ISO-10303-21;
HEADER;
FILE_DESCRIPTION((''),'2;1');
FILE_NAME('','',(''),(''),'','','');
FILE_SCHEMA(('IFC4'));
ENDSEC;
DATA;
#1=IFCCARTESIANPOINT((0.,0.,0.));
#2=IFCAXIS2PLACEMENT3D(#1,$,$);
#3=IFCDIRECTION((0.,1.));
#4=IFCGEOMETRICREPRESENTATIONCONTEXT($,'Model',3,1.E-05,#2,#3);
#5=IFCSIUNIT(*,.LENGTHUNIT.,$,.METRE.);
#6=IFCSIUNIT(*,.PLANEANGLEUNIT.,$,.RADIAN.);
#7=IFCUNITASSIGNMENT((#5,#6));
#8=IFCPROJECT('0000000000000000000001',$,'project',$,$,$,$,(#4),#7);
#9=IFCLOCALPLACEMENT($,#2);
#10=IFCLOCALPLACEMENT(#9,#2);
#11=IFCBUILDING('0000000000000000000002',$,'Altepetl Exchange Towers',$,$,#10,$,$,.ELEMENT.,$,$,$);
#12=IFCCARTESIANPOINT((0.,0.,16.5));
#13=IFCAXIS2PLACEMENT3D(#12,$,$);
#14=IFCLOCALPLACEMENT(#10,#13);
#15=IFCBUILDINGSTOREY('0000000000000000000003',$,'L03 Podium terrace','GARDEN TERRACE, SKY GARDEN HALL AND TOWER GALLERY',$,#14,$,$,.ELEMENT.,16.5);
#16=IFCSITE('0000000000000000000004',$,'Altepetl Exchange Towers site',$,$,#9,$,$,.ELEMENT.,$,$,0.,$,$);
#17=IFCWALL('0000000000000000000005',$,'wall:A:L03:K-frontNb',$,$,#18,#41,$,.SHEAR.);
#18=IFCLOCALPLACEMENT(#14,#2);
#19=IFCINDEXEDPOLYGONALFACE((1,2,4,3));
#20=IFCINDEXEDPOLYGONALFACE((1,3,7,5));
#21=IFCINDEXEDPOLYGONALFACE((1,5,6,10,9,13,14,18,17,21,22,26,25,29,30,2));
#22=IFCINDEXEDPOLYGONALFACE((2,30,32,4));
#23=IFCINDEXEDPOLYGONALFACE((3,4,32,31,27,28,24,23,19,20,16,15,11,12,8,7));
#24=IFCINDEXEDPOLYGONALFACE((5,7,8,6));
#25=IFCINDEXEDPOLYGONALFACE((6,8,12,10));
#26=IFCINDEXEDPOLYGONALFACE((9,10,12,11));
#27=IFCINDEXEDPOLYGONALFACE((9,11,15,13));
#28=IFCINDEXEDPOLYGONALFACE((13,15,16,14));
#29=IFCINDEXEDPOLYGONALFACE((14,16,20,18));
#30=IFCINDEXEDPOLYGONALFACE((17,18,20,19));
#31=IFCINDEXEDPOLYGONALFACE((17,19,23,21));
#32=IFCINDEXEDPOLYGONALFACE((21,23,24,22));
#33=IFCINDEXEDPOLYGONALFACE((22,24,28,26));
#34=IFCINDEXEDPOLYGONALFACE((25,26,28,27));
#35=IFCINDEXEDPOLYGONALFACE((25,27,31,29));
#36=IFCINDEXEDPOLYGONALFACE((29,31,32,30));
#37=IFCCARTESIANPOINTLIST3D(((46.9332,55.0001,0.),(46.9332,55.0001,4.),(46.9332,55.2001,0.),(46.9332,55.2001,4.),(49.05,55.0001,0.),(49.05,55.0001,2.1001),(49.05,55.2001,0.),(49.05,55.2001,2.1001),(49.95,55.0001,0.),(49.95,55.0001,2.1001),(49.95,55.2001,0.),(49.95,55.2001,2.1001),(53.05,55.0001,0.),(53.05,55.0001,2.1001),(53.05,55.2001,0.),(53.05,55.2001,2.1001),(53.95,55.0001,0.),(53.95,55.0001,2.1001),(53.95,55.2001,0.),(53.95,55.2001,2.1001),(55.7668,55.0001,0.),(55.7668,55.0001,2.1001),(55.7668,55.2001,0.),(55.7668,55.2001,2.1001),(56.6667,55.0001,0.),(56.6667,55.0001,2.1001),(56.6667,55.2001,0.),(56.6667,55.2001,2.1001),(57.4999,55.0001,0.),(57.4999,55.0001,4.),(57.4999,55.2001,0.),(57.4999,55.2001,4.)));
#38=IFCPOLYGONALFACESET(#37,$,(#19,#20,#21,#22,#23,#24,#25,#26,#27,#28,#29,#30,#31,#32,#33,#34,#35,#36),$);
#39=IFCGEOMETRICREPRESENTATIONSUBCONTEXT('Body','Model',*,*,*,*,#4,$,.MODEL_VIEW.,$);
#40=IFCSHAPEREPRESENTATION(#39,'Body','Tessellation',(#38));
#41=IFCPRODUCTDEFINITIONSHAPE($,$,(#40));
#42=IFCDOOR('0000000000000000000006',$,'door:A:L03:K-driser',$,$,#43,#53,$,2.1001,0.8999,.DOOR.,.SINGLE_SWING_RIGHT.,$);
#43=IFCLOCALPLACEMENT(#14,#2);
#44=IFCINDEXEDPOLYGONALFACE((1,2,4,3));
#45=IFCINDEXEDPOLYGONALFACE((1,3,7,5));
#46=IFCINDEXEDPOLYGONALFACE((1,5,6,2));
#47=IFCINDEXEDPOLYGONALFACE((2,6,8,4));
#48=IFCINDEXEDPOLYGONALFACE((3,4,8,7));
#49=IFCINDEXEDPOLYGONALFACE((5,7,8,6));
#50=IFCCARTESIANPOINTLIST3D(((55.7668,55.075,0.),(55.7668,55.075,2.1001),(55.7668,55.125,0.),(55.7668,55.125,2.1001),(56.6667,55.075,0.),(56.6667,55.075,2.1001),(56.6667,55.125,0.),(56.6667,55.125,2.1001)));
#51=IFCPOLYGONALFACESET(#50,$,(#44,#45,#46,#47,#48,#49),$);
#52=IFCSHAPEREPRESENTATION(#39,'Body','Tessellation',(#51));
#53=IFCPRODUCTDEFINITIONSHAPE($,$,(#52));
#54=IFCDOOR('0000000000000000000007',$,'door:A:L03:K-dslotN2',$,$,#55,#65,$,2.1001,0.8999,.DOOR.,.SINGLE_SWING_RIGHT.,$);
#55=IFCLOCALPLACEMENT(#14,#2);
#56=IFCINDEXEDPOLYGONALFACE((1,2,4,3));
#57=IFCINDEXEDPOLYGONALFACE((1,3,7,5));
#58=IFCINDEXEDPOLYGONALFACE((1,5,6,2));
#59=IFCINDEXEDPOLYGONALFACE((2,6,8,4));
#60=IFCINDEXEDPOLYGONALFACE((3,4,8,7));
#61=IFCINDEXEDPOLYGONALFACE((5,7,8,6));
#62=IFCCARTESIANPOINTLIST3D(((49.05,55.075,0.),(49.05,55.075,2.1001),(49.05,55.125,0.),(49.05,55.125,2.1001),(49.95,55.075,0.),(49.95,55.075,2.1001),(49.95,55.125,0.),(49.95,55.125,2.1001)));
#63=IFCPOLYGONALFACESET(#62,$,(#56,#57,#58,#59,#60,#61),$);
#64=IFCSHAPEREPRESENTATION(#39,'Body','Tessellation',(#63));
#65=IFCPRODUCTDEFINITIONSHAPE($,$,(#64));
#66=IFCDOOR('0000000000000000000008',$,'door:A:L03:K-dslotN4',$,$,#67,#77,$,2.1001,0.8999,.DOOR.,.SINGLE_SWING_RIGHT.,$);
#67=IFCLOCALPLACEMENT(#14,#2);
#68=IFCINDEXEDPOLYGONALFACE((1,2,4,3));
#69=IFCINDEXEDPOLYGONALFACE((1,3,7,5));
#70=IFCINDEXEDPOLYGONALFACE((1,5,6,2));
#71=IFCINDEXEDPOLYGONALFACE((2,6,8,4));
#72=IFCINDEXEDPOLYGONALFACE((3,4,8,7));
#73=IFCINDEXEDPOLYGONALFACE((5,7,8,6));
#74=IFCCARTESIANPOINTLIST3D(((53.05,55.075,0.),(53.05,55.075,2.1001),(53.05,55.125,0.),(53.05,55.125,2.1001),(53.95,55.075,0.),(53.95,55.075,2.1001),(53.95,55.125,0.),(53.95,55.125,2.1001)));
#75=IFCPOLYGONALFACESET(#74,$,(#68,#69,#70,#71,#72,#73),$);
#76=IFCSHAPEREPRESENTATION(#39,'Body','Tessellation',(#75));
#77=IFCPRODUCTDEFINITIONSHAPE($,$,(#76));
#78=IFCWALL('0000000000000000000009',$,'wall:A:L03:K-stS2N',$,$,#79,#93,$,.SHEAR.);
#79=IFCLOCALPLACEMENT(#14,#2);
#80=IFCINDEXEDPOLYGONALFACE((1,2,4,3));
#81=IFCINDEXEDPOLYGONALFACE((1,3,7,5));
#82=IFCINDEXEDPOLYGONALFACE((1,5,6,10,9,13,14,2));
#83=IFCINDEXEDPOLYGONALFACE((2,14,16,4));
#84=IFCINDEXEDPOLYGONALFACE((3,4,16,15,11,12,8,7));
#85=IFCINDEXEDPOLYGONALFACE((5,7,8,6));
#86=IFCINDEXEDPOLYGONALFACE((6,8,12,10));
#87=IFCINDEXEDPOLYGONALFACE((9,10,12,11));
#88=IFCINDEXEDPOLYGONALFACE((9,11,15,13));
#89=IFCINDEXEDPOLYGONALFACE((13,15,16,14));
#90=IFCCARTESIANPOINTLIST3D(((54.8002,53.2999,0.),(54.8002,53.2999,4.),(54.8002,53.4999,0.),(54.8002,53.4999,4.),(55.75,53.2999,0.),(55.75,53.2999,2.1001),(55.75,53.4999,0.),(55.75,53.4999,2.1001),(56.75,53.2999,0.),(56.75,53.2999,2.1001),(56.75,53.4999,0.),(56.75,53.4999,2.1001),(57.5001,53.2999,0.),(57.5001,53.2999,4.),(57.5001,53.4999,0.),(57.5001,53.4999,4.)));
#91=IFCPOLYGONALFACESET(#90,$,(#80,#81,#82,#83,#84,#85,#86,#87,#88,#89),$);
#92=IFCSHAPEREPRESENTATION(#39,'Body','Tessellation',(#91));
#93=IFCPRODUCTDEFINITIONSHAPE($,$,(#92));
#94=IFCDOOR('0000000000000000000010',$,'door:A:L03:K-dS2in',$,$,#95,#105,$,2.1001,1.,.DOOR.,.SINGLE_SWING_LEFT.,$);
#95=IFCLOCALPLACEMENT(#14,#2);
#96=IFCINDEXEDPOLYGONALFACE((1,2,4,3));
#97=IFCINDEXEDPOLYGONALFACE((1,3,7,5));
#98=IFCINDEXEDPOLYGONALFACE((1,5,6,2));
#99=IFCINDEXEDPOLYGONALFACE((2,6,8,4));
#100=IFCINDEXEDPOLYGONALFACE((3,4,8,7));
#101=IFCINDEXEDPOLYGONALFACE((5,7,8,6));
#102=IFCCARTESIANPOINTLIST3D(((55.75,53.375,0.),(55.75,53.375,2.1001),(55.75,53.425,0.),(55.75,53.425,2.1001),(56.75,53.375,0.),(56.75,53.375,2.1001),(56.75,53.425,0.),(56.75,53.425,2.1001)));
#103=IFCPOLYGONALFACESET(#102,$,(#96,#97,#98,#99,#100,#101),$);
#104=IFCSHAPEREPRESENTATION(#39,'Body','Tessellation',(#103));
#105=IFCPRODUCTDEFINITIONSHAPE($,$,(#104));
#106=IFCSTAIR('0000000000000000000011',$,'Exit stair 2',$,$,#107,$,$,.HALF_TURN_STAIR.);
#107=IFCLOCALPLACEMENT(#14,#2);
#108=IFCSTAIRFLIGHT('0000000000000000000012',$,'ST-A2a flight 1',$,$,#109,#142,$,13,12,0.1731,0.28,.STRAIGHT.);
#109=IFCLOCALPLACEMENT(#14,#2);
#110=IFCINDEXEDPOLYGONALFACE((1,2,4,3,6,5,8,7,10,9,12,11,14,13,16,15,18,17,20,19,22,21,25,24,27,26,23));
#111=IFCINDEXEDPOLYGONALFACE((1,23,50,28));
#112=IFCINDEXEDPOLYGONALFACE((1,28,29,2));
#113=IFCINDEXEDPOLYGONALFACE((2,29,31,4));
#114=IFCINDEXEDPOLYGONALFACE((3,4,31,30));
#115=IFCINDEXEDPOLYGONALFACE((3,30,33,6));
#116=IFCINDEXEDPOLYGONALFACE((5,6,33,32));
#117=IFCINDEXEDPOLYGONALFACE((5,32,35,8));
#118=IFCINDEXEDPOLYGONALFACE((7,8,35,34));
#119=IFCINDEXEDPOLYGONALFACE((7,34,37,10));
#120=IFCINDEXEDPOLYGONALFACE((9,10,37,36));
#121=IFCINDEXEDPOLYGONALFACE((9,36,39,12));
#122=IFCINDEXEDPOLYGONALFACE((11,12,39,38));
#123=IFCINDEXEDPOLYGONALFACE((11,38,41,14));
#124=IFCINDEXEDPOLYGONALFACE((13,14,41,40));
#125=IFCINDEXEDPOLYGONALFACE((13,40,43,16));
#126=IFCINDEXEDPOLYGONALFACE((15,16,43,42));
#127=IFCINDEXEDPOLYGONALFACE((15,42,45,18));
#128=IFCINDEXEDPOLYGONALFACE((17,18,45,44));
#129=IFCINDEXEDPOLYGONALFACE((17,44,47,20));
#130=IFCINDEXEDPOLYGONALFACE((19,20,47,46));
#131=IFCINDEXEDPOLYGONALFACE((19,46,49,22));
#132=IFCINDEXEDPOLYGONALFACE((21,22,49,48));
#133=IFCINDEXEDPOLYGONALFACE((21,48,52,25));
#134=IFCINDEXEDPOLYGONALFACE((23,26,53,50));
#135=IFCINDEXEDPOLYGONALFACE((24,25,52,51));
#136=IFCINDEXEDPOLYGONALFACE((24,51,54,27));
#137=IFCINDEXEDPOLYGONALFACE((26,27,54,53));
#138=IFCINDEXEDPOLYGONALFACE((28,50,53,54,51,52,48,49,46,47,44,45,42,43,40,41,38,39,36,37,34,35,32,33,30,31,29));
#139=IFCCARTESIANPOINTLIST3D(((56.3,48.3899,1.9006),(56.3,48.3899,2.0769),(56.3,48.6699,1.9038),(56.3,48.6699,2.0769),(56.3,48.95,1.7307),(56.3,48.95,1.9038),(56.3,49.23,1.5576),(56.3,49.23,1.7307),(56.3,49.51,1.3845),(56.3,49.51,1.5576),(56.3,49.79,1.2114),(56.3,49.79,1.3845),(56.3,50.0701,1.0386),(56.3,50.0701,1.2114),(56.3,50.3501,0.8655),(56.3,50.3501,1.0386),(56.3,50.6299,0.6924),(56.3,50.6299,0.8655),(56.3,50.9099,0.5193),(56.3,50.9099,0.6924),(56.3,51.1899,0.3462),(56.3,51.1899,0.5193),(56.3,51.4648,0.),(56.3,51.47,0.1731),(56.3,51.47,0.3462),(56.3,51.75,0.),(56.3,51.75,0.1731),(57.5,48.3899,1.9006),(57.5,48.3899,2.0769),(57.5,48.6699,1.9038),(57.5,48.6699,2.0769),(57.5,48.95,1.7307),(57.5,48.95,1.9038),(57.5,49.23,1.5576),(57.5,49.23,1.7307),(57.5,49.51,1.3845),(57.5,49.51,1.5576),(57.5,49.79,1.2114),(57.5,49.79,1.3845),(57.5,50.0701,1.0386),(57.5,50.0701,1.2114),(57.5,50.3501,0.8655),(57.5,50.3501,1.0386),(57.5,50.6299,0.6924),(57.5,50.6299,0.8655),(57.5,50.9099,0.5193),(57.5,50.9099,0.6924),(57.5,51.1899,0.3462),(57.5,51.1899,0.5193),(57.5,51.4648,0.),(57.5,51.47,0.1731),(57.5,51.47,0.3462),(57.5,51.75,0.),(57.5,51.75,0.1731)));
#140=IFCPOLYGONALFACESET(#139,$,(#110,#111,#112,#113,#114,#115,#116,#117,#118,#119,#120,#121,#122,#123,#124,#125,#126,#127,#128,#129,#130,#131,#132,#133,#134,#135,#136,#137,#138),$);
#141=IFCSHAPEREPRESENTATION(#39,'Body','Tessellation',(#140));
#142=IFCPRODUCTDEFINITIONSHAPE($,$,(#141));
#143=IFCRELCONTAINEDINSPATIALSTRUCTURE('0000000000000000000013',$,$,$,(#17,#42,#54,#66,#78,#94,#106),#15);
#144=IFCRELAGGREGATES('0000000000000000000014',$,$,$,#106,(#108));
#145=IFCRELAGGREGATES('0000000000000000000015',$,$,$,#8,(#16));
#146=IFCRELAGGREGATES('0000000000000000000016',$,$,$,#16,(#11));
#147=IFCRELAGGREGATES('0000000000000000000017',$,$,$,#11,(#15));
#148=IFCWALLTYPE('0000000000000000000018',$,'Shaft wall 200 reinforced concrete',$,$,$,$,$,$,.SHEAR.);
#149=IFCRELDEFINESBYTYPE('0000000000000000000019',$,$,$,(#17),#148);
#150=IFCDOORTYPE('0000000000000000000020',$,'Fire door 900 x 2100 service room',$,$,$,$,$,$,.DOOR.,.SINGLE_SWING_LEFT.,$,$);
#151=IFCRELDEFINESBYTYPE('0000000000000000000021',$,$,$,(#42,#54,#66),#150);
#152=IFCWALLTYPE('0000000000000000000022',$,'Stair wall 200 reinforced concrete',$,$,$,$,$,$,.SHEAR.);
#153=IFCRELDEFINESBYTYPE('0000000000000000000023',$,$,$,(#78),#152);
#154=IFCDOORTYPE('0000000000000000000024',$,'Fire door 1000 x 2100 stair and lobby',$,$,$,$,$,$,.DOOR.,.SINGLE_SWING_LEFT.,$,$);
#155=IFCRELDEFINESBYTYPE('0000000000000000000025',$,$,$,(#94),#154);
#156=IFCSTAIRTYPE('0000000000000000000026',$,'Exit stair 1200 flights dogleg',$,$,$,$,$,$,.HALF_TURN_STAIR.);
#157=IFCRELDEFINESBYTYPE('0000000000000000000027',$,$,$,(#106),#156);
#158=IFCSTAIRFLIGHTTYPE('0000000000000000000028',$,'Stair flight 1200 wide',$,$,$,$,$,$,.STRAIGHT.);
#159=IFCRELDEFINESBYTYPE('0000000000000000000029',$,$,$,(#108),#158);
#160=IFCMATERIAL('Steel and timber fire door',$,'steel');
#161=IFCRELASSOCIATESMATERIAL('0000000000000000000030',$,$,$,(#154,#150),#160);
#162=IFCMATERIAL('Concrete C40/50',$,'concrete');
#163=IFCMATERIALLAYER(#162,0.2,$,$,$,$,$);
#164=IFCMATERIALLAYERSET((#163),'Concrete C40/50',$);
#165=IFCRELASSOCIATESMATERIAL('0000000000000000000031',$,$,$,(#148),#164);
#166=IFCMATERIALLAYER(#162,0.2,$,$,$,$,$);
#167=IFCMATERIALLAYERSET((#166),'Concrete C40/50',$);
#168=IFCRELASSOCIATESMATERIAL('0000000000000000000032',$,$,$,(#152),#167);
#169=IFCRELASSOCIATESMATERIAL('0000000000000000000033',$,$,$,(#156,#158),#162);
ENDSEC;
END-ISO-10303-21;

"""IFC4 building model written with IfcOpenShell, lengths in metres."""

from ifc_helpers import new_model, si_unit, direction, frame, frame_2d, origin, place, context, subcontext, project, spatial, polyline, rectangle, outline, extrude, material, layer, layer_set, type_object, element, fill, aggregate, save


model = new_model("IFC4")

# Units and contexts
model_context = context("Model", 3, precision=1e-05, world=origin(), true_north=direction((0.0, 1.0)))
body_context = subcontext(model_context, "Body", "Model", "MODEL_VIEW")
ifc_project = project(units=[si_unit("LENGTHUNIT", "METRE"), si_unit("PLANEANGLEUNIT", "RADIAN")], contexts=[model_context])

# Site, building, storey
site_placement = place(None, origin())
site = spatial("IfcSite", under=ifc_project, at=site_placement, Name="Altepetl Exchange Towers site", CompositionType="ELEMENT", RefElevation=0.0)
building_placement = place(site_placement, origin())
building = spatial("IfcBuilding", under=site, at=building_placement, Name="Altepetl Exchange Towers", CompositionType="ELEMENT")
storey_placement = place(building_placement, frame((0.0, 0.0, 16.5)))
storey = spatial("IfcBuildingStorey", under=building, at=storey_placement, Name="L03 Podium terrace", Description="GARDEN TERRACE, SKY GARDEN HALL AND TOWER GALLERY", CompositionType="ELEMENT", Elevation=16.5)

# Shared definitions
ifc_material_1 = material(Name="Steel and timber fire door", Category="steel")
door_type_1 = type_object("IfcDoorType", Name="Fire door 1000 x 2100 stair and lobby", OperationType="SINGLE_SWING_LEFT", PredefinedType="DOOR", material=ifc_material_1)

# Shared definitions
ifc_material_2 = material(Name="Concrete C40/50", Category="concrete")
ifc_layer_1 = layer(ifc_material_2, 0.2)
ifc_layer_set_1 = layer_set([ifc_layer_1], Name="Concrete C40/50")
wall_type_1 = type_object("IfcWallType", Name="Shaft wall 200 reinforced concrete", PredefinedType="SHEAR", material=ifc_layer_set_1)

# Wall, openings, doors
wall_1_placement = place(storey_placement, frame((46.9333, 55.1001, 0.0)))
wall_1 = element("IfcWall", 1, at=wall_1_placement, inside=storey, type_object=wall_type_1, Name="wall:A:L03:K-frontNb", PredefinedType="SHEAR", context=body_context, shape_type="SweptSolid", body=[
    extrude(rectangle(XDim=10.5667, YDim=0.2, at=frame_2d((5.2832, 0.0))), origin(), (0.0, 0.0, 1.0), 4.0),
])
opening_1_placement = place(wall_1_placement, frame((8.8335, 0.0, 0.0)))
opening_1 = element("IfcOpeningElement", 2, at=opening_1_placement, cuts=wall_1, PredefinedType="OPENING", context=body_context, shape_type="SweptSolid", body=[
    extrude(rectangle(XDim=0.8999, YDim=2.1001, at=frame_2d((0.45, 1.05))), frame((0.0, 0.1099, 0.0), z_axis=(0.0, -1.0, 0.0), x_axis=(1.0, 0.0, 0.0)), (0.0, 0.0, 1.0), 0.22),
])
opening_2_placement = place(wall_1_placement, frame((2.1167, 0.0, 0.0)))
opening_2 = element("IfcOpeningElement", 3, at=opening_2_placement, cuts=wall_1, PredefinedType="OPENING", context=body_context, shape_type="SweptSolid", body=[
    extrude(rectangle(XDim=0.8999, YDim=2.1001, at=frame_2d((0.45, 1.05))), frame((0.0, 0.1099, 0.0), z_axis=(0.0, -1.0, 0.0), x_axis=(1.0, 0.0, 0.0)), (0.0, 0.0, 1.0), 0.22),
])
opening_3_placement = place(wall_1_placement, frame((6.1167, 0.0, 0.0)))
opening_3 = element("IfcOpeningElement", 4, at=opening_3_placement, cuts=wall_1, PredefinedType="OPENING", context=body_context, shape_type="SweptSolid", body=[
    extrude(rectangle(XDim=0.8999, YDim=2.1001, at=frame_2d((0.45, 1.05))), frame((0.0, 0.1099, 0.0), z_axis=(0.0, -1.0, 0.0), x_axis=(1.0, 0.0, 0.0)), (0.0, 0.0, 1.0), 0.22),
])
door_type_2 = type_object("IfcDoorType", Name="Fire door 900 x 2100 service room", OperationType="SINGLE_SWING_LEFT", PredefinedType="DOOR", material=ifc_material_1)
door_1_placement = place(opening_1_placement, origin())
door_1 = element("IfcDoor", 5, at=door_1_placement, inside=storey, type_object=door_type_2, Name="door:A:L03:K-driser", OperationType="SINGLE_SWING_RIGHT", OverallHeight=2.1001, OverallWidth=0.8999, PredefinedType="DOOR", context=body_context, shape_type="SweptSolid", body=[
    extrude(rectangle(XDim=0.8999, YDim=2.1001, at=frame_2d((0.45, 1.05))), frame((0.0, 0.0249, 0.0), z_axis=(0.0, -1.0, 0.0), x_axis=(1.0, 0.0, 0.0)), (0.0, 0.0, 1.0), 0.05),
])
fill(opening_1, door_1)
door_2_placement = place(opening_2_placement, origin())
door_2 = element("IfcDoor", 6, at=door_2_placement, inside=storey, type_object=door_type_2, Name="door:A:L03:K-dslotN2", OperationType="SINGLE_SWING_RIGHT", OverallHeight=2.1001, OverallWidth=0.8999, PredefinedType="DOOR", context=body_context, shape_type="SweptSolid", body=[
    extrude(rectangle(XDim=0.8999, YDim=2.1001, at=frame_2d((0.45, 1.05))), frame((0.0, 0.0249, 0.0), z_axis=(0.0, -1.0, 0.0), x_axis=(1.0, 0.0, 0.0)), (0.0, 0.0, 1.0), 0.05),
])
fill(opening_2, door_2)
door_3_placement = place(opening_3_placement, origin())
door_3 = element("IfcDoor", 7, at=door_3_placement, inside=storey, type_object=door_type_2, Name="door:A:L03:K-dslotN4", OperationType="SINGLE_SWING_RIGHT", OverallHeight=2.1001, OverallWidth=0.8999, PredefinedType="DOOR", context=body_context, shape_type="SweptSolid", body=[
    extrude(rectangle(XDim=0.8999, YDim=2.1001, at=frame_2d((0.45, 1.05))), frame((0.0, 0.0249, 0.0), z_axis=(0.0, -1.0, 0.0), x_axis=(1.0, 0.0, 0.0)), (0.0, 0.0, 1.0), 0.05),
])
fill(opening_3, door_3)

# Wall, opening, door
ifc_layer_2 = layer(ifc_material_2, 0.2)
ifc_layer_set_2 = layer_set([ifc_layer_2], Name="Concrete C40/50")
wall_type_2 = type_object("IfcWallType", Name="Stair wall 200 reinforced concrete", PredefinedType="SHEAR", material=ifc_layer_set_2)
wall_2_placement = place(storey_placement, frame((54.8, 53.3999, 0.0)))
wall_2 = element("IfcWall", 8, at=wall_2_placement, inside=storey, type_object=wall_type_2, Name="wall:A:L03:K-stS2N", PredefinedType="SHEAR", context=body_context, shape_type="SweptSolid", body=[
    extrude(rectangle(XDim=2.7, YDim=0.2, at=frame_2d((1.3501, 0.0))), origin(), (0.0, 0.0, 1.0), 4.0),
])
opening_4_placement = place(wall_2_placement, frame((0.95, 0.0, 0.0)))
opening_4 = element("IfcOpeningElement", 9, at=opening_4_placement, cuts=wall_2, PredefinedType="OPENING", context=body_context, shape_type="SweptSolid", body=[
    extrude(rectangle(XDim=1.0, YDim=2.1001, at=frame_2d((0.5, 1.05))), frame((0.0, 0.1099, 0.0), z_axis=(0.0, -1.0, 0.0), x_axis=(1.0, 0.0, 0.0)), (0.0, 0.0, 1.0), 0.22),
])
door_4_placement = place(opening_4_placement, frame((1.0, 0.0, 0.0), x_axis=(-1.0, 0.0, 0.0)))
door_4 = element("IfcDoor", 10, at=door_4_placement, inside=storey, type_object=door_type_1, Name="door:A:L03:K-dS2in", OperationType="SINGLE_SWING_LEFT", OverallHeight=2.1001, OverallWidth=1.0, PredefinedType="DOOR", context=body_context, shape_type="SweptSolid", body=[
    extrude(rectangle(XDim=1.0, YDim=2.1001, at=frame_2d((0.5, 1.05))), frame((0.0, 0.0249, 0.0), z_axis=(0.0, -1.0, 0.0), x_axis=(1.0, 0.0, 0.0)), (0.0, 0.0, 1.0), 0.05),
])
fill(opening_4, door_4)

# Stair, stair flight
stair_type = type_object("IfcStairType", Name="Exit stair 1200 flights dogleg", PredefinedType="HALF_TURN_STAIR", material=ifc_material_2)
stair_placement = place(storey_placement, origin())
stair = element("IfcStair", 11, at=stair_placement, inside=storey, type_object=stair_type, Name="Exit stair 2", PredefinedType="HALF_TURN_STAIR")
stair_flight_type = type_object("IfcStairFlightType", Name="Stair flight 1200 wide", PredefinedType="STRAIGHT", material=ifc_material_2)
stair_flight_placement = place(storey_placement, frame((56.8999, 51.75, 0.0), z_axis=(0.0, 0.0, 1.0), x_axis=(0.0, -1.0, 0.0)))
stair_flight = element("IfcStairFlight", 12, at=stair_flight_placement, type_object=stair_flight_type, Name="ST-A2a flight 1", NumberOfRisers=13, NumberOfTreads=12, PredefinedType="STRAIGHT", RiserHeight=0.1731, TreadLength=0.28, context=body_context, shape_type="SweptSolid", body=[
    extrude(outline(polyline([(0.0, 0.0), (0.0, 0.1731), (0.28, 0.1731), (0.28, 0.3462), (0.5601, 0.3462), (0.5601, 0.5193), (0.8401, 0.5193), (0.8401, 0.6924), (1.1201, 0.6924), (1.1201, 0.8655), (1.3999, 0.8655), (1.3999, 1.0386), (1.6799, 1.0386), (1.6799, 1.2114), (1.96, 1.2114), (1.96, 1.3845), (2.24, 1.3845), (2.24, 1.5576), (2.52, 1.5576), (2.52, 1.7307), (2.8, 1.7307), (2.8, 1.9038), (3.0801, 1.9038), (3.0801, 2.0769), (3.3601, 2.0769), (3.3601, 2.25), (3.3601, 1.9006), (0.2852, 0.0), (0.0, 0.0)])), frame((0.0, 0.6001, 0.0), z_axis=(0.0, -1.0, 0.0), x_axis=(1.0, 0.0, 0.0)), (0.0, 0.0, 1.0), 1.2),
])
aggregate(stair, [stair_flight])

save(model, "model.ifc")
